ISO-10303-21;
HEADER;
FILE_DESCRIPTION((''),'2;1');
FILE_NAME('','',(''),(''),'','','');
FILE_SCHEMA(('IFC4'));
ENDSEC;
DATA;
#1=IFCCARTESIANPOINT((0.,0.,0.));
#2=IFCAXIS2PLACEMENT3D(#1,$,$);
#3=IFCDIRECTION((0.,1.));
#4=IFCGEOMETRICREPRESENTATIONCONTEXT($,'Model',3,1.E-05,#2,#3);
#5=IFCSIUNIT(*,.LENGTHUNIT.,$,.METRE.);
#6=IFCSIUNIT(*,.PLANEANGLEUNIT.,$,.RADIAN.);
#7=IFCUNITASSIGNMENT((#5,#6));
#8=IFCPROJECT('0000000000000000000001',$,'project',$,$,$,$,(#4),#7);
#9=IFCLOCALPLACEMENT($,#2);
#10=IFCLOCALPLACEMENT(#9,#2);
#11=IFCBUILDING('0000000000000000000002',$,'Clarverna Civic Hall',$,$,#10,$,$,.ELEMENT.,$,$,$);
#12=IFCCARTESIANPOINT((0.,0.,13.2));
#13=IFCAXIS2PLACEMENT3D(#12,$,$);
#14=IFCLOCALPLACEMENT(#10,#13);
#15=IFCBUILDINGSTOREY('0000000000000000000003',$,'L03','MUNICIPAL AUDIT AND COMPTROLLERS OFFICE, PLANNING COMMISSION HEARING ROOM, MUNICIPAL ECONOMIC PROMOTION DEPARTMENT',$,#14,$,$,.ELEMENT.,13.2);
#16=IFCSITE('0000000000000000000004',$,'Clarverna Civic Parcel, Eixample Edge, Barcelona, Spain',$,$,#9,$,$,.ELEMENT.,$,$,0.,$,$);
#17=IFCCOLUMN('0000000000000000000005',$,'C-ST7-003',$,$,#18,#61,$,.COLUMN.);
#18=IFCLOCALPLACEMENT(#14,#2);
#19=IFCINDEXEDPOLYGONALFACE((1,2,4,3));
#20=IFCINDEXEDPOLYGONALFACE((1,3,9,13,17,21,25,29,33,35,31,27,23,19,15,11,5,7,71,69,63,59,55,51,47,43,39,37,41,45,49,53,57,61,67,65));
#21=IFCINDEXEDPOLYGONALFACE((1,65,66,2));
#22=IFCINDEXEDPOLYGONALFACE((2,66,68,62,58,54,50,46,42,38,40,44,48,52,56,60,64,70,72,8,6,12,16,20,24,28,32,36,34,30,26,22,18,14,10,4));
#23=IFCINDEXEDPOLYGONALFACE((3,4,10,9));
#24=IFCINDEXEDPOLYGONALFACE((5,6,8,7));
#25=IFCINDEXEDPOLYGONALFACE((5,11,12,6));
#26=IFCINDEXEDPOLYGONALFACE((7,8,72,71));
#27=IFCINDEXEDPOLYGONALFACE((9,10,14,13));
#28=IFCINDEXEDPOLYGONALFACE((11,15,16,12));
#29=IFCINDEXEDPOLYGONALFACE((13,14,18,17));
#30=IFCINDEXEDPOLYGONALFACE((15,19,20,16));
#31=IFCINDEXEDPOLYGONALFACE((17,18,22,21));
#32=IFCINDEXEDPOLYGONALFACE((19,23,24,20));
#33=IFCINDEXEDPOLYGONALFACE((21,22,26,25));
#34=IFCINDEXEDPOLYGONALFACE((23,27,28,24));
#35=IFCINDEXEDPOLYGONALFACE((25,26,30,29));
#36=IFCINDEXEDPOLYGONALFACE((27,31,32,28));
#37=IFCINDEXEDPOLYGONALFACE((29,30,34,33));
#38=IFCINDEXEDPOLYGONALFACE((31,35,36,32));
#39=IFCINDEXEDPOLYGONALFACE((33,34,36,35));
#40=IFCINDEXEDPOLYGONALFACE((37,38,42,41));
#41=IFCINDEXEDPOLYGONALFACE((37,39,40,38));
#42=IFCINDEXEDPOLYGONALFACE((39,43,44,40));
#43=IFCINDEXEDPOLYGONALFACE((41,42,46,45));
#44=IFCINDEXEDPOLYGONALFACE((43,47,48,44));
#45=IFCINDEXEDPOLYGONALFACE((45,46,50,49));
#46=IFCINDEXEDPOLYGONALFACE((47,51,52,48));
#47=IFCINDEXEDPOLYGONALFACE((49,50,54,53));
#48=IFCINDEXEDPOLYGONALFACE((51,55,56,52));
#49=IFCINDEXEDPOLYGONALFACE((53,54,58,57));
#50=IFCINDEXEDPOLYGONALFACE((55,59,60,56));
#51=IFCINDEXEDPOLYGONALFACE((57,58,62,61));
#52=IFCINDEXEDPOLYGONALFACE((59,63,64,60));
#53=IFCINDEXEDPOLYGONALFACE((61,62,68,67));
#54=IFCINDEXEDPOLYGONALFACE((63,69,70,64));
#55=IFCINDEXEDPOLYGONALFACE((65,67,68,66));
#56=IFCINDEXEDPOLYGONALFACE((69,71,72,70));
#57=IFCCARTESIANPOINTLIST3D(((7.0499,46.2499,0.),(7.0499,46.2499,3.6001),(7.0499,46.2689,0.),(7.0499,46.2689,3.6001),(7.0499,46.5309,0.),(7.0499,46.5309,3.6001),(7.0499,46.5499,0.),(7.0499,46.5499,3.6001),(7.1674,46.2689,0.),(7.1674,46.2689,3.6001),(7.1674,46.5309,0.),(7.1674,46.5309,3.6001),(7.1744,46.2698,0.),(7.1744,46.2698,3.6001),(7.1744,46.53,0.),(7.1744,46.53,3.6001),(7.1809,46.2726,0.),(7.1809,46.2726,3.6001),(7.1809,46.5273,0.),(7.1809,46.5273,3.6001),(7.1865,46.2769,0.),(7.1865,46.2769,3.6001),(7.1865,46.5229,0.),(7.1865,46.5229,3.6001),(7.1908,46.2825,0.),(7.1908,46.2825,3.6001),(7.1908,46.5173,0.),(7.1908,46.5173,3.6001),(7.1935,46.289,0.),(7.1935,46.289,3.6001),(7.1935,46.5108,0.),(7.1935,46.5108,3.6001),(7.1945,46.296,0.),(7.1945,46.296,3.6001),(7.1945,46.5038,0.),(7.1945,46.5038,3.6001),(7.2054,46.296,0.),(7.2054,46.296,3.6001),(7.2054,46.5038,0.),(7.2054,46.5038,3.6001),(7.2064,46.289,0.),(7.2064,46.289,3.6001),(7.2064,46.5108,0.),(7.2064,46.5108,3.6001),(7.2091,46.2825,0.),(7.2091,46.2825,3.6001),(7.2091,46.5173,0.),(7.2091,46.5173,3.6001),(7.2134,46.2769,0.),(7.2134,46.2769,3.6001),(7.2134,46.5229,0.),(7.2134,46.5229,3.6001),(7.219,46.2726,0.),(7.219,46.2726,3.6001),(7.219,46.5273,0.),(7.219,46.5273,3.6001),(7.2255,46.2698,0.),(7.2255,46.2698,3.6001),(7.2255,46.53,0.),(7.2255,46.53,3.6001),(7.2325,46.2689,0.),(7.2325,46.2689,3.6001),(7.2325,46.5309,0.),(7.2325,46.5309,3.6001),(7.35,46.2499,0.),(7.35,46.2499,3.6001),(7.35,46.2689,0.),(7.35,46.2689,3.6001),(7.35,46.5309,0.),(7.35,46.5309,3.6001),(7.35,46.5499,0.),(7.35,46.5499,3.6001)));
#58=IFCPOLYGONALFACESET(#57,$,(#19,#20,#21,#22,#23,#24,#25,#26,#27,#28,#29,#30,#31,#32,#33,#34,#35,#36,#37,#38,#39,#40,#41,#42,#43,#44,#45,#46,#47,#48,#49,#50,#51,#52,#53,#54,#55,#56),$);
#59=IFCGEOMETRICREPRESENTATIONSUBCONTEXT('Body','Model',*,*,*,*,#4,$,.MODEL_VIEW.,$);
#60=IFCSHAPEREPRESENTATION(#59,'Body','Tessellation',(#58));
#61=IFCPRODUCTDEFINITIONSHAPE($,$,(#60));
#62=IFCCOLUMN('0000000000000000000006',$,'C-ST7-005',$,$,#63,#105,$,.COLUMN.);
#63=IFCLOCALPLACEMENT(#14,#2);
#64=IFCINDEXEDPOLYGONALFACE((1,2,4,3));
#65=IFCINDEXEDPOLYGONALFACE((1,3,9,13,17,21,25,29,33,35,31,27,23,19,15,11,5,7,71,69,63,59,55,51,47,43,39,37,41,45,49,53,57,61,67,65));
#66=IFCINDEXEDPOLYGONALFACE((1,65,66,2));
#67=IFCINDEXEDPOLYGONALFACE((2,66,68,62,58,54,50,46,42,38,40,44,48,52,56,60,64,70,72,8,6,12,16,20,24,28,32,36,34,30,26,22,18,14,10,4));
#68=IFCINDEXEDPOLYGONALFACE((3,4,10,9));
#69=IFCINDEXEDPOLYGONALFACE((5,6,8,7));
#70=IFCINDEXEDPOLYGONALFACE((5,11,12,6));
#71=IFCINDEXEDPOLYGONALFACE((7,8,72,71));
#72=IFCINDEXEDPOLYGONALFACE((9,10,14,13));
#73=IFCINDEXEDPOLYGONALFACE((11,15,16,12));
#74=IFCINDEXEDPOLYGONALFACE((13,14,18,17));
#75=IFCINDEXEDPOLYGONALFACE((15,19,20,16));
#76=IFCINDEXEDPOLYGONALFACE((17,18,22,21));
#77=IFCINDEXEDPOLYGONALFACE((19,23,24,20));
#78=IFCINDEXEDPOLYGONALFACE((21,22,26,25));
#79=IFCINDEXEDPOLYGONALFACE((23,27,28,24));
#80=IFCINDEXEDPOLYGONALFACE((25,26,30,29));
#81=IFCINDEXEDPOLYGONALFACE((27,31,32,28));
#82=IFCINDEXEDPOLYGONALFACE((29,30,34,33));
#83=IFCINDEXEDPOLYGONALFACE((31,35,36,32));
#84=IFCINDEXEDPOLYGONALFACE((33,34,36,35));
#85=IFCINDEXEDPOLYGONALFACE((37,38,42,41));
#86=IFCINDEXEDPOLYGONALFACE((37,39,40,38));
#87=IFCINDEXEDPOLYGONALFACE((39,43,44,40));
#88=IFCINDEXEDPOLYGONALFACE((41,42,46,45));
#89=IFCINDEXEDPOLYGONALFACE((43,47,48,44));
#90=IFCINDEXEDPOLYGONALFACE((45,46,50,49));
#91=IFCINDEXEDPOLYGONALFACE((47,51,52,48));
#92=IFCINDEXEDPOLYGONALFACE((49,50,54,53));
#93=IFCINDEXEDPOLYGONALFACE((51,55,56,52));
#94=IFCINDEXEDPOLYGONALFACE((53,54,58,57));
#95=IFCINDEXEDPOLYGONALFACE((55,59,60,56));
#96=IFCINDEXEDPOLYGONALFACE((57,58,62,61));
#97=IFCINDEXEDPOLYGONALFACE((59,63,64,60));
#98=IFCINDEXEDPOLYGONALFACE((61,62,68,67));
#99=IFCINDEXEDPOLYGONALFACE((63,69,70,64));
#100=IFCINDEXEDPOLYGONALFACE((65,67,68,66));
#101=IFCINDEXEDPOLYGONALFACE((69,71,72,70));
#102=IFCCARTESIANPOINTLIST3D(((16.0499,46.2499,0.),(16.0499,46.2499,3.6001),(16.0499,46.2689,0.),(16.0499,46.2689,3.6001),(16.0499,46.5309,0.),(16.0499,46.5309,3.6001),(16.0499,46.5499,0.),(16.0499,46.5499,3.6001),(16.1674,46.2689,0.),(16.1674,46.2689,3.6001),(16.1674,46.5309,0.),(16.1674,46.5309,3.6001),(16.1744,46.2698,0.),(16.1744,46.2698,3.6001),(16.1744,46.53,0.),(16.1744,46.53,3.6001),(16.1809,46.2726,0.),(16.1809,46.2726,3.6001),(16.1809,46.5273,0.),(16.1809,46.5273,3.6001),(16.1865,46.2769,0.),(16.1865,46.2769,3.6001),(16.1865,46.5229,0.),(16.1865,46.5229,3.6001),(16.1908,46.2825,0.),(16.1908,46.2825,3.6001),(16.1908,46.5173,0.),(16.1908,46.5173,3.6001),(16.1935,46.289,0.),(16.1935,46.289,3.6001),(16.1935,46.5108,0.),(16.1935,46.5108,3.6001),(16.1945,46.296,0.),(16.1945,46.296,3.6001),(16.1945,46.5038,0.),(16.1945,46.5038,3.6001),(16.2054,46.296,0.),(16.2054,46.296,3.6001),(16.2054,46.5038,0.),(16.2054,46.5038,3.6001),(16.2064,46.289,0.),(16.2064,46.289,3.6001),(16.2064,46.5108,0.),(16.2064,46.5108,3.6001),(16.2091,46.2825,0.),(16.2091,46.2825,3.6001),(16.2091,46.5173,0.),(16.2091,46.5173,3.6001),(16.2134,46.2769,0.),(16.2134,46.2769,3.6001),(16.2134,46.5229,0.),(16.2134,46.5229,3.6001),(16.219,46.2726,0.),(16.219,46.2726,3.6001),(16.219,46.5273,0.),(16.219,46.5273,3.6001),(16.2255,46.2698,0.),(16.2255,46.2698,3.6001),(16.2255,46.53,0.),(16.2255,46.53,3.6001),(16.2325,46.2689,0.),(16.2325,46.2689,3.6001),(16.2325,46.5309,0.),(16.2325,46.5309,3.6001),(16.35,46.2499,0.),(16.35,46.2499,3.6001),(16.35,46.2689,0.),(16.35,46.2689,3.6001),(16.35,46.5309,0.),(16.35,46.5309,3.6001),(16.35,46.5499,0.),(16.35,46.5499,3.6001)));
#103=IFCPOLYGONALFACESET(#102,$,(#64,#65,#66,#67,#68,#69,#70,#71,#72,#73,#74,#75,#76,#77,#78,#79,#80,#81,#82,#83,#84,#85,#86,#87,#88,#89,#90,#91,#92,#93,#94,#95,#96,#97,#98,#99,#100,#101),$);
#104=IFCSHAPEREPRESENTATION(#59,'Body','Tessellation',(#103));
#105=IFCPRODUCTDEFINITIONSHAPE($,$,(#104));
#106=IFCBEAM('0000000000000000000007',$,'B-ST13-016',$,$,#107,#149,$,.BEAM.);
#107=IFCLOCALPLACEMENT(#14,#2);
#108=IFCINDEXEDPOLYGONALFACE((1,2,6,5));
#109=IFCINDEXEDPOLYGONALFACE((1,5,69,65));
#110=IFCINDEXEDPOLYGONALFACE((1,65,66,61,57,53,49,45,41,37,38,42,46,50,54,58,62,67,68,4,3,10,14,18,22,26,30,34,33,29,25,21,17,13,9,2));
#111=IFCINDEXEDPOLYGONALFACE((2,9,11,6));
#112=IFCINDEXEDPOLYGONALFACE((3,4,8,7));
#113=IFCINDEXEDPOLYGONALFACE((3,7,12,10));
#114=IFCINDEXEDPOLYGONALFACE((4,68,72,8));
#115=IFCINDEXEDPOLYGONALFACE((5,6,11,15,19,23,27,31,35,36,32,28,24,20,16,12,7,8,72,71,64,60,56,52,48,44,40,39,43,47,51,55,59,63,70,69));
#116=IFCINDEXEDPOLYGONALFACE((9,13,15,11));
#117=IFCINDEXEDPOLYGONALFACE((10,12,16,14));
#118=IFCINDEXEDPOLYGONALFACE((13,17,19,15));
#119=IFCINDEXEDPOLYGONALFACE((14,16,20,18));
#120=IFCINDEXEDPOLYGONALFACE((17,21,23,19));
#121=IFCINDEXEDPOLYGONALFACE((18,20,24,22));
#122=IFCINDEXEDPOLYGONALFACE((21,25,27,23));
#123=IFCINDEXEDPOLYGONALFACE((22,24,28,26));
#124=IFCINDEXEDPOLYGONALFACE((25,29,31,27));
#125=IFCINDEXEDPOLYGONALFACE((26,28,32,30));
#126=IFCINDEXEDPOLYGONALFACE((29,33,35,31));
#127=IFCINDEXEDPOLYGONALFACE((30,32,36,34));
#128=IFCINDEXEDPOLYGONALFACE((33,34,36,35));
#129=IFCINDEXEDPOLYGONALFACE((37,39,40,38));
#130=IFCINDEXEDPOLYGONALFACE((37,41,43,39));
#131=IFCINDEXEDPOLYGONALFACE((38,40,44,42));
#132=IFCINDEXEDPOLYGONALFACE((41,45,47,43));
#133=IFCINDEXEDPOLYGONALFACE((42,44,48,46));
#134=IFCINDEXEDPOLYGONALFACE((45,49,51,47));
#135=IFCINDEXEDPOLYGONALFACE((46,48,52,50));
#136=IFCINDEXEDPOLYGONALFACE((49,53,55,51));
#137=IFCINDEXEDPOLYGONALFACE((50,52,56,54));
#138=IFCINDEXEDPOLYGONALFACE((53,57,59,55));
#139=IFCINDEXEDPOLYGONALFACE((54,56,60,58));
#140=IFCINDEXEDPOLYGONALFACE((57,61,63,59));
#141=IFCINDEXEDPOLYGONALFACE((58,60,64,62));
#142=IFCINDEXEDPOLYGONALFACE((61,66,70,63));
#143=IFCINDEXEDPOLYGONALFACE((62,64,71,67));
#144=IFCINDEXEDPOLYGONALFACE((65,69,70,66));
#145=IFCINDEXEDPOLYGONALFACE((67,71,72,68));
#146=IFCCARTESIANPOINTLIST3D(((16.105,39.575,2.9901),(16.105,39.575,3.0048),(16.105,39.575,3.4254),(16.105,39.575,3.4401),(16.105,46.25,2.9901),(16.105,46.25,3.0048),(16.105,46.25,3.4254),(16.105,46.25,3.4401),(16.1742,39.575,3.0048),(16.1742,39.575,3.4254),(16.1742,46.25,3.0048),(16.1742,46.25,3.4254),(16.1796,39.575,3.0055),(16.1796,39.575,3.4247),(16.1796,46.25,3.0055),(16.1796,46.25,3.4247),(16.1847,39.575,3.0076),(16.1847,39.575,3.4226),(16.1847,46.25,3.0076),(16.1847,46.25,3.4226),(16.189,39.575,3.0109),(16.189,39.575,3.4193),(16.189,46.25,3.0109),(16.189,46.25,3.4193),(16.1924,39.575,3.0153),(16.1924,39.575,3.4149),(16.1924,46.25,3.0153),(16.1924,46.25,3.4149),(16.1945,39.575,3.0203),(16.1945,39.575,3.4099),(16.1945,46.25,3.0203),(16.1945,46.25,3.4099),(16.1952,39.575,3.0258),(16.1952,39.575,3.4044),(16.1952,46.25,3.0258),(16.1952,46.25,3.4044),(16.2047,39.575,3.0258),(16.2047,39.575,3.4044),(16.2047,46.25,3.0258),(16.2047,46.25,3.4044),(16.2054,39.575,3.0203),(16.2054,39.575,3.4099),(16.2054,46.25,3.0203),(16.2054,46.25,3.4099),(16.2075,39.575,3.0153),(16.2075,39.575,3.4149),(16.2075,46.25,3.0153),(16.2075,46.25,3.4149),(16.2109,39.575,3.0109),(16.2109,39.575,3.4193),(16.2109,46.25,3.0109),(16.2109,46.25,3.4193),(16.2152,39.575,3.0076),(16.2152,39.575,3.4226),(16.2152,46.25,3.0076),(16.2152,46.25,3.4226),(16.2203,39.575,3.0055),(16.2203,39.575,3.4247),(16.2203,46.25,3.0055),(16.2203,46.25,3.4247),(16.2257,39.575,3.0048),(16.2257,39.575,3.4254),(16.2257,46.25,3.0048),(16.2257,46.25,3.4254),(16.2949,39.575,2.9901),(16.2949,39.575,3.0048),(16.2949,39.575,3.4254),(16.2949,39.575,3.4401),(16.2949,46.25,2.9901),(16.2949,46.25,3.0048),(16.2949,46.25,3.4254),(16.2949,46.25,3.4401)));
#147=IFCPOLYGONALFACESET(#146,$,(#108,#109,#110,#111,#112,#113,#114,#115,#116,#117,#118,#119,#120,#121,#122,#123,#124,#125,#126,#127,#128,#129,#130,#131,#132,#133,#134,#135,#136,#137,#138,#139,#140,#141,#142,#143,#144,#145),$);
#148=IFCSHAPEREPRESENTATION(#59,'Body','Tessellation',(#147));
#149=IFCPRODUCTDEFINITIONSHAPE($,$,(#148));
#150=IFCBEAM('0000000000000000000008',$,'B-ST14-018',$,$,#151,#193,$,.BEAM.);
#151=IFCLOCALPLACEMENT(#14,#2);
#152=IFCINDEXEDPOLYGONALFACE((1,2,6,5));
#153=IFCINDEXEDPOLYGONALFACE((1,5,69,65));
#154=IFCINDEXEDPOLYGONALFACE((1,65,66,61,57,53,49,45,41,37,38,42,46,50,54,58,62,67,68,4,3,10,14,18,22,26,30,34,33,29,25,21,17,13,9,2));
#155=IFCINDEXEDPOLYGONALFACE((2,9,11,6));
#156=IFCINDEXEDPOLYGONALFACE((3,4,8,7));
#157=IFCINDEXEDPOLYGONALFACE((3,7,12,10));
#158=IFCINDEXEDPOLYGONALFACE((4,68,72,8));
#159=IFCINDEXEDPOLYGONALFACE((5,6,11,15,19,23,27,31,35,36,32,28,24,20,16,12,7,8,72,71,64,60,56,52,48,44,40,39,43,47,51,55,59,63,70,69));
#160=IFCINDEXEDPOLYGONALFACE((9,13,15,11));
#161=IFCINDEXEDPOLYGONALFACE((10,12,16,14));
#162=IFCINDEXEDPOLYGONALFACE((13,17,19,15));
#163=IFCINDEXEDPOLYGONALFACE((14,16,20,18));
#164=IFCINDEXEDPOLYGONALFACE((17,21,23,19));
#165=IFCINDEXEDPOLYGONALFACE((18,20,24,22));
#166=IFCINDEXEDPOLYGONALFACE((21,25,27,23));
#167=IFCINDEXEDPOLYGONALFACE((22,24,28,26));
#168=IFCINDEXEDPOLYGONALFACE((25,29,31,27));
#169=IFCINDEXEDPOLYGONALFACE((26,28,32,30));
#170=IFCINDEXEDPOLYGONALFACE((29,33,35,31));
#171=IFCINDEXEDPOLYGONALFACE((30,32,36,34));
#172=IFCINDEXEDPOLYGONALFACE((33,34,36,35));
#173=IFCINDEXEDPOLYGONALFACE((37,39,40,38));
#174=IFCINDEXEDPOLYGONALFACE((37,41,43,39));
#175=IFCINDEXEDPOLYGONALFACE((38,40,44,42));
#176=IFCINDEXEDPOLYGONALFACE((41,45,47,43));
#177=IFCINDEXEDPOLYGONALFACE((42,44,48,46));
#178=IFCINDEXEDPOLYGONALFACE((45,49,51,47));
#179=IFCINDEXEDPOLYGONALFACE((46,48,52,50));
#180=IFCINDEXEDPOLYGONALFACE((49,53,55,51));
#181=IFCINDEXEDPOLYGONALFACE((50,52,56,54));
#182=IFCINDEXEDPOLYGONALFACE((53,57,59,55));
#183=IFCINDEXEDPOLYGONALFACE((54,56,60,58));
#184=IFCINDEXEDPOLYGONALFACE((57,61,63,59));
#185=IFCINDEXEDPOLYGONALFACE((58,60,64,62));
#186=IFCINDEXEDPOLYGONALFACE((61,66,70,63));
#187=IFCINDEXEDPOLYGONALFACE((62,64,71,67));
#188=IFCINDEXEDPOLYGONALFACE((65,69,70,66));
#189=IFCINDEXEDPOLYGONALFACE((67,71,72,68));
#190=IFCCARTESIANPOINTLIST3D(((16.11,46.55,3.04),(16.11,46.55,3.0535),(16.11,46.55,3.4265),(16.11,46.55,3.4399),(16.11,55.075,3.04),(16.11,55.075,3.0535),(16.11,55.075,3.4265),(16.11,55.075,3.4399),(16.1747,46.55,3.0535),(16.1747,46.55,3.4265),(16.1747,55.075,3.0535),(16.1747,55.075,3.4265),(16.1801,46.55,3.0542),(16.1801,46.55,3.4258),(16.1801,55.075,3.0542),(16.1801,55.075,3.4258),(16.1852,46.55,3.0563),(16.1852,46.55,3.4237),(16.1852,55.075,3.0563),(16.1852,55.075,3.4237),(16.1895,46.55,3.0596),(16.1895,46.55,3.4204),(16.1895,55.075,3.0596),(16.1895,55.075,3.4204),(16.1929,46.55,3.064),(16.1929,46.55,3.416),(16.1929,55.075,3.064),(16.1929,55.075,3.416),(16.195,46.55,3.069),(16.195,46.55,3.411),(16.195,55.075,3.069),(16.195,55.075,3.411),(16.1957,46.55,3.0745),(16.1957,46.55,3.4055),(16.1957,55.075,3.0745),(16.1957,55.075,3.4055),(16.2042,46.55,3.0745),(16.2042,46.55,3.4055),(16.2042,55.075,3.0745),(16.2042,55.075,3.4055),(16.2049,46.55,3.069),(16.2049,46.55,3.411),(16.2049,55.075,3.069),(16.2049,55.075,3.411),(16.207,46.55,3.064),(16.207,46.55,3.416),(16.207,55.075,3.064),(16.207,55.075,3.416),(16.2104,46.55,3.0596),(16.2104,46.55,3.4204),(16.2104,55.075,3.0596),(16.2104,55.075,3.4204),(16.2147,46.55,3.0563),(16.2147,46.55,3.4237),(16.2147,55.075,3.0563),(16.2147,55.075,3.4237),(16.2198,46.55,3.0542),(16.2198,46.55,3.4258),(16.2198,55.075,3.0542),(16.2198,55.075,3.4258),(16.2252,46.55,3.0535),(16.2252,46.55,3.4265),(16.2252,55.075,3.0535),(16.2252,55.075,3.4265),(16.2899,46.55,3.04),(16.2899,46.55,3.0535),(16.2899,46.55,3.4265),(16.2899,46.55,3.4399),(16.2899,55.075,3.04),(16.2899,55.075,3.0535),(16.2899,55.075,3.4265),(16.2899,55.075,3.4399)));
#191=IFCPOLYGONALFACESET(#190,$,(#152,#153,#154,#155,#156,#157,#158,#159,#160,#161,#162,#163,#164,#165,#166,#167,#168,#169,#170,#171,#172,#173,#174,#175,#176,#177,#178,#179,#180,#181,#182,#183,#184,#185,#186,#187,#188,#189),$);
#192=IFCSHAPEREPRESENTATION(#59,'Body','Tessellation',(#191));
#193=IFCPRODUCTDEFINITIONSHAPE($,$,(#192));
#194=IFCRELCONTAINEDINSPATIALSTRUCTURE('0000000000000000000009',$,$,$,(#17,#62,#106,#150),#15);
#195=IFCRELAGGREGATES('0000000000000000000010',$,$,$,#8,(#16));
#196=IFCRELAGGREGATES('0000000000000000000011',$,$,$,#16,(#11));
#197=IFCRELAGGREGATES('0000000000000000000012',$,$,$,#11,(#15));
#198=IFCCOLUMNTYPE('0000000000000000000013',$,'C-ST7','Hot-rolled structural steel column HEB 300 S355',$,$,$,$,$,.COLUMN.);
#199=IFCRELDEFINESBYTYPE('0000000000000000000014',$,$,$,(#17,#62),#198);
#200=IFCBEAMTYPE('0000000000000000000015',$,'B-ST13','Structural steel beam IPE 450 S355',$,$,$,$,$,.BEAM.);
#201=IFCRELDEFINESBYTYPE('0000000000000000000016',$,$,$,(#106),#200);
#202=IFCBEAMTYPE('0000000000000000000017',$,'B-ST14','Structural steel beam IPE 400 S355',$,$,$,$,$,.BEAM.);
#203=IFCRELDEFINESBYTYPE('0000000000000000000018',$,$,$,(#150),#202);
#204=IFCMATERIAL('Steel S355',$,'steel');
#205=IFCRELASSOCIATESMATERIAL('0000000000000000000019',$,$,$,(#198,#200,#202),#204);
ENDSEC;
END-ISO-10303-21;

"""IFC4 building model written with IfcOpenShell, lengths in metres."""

from ifc_helpers import new_model, si_unit, direction, frame, origin, origin_2d, place, context, subcontext, project, spatial, i_section, extrude, material, material_profile, profile_set, type_object, element, save


model = new_model("IFC4")

# Units and contexts
model_context = context("Model", 3, precision=1e-05, world=origin(), true_north=direction((0.0, 1.0)))
body_context = subcontext(model_context, "Body", "Model", "MODEL_VIEW")
ifc_project = project(units=[si_unit("LENGTHUNIT", "METRE"), si_unit("PLANEANGLEUNIT", "RADIAN")], contexts=[model_context])

# Site, building, storey
site_placement = place(None, origin())
site = spatial("IfcSite", under=ifc_project, at=site_placement, Name="Clarverna Civic Parcel, Eixample Edge, Barcelona, Spain", CompositionType="ELEMENT", RefElevation=0.0)
building_placement = place(site_placement, origin())
building = spatial("IfcBuilding", under=site, at=building_placement, Name="Clarverna Civic Hall", CompositionType="ELEMENT")
storey_placement = place(building_placement, frame((0.0, 0.0, 13.2)))
storey = spatial("IfcBuildingStorey", under=building, at=storey_placement, Name="L03", Description="MUNICIPAL AUDIT AND COMPTROLLERS OFFICE, PLANNING COMMISSION HEARING ROOM, MUNICIPAL ECONOMIC PROMOTION DEPARTMENT", CompositionType="ELEMENT", Elevation=13.2)

# Columns
ifc_material_1 = material(Name="Steel S355", Category="steel")
ifc_material_profile_1 = material_profile(ifc_material_1, i_section(OverallWidth=0.3, OverallDepth=0.3, WebThickness=0.011, FlangeThickness=0.019, FilletRadius=0.0271, at=origin_2d()), Name="HEB 300")
ifc_profile_set_1 = profile_set([ifc_material_profile_1], Name="Steel S355")
column_type = type_object("IfcColumnType", Name="C-ST7", Description="Hot-rolled structural steel column HEB 300 S355", PredefinedType="COLUMN", material=ifc_profile_set_1)
for number, where, z_axis, x_axis, name in (
    (1, (7.2, 46.3999, 0.0), (0.0, 0.0, 1.0), (1.0, 0.0, 0.0), "C-ST7-003"),
    (2, (16.2, 46.3999, 0.0), (0.0, 0.0, 1.0), (1.0, 0.0, 0.0), "C-ST7-005"),
):
    element("IfcColumn", number, at=place(storey_placement, frame(where, z_axis=z_axis, x_axis=x_axis)), inside=storey, type_object=column_type, Name=name, PredefinedType="COLUMN", context=body_context, shape_type="SweptSolid", body=[
        extrude(i_section(OverallWidth=0.3, OverallDepth=0.3, WebThickness=0.011, FlangeThickness=0.019, FilletRadius=0.0271, at=origin_2d()), origin(), (0.0, 0.0, 1.0), 3.6001),
    ])

# Beams
ifc_material_profile_2 = material_profile(ifc_material_1, i_section(OverallWidth=0.1899, OverallDepth=0.45, WebThickness=0.0095, FlangeThickness=0.0146, FilletRadius=0.021, at=origin_2d()), Name="IPE 450")
ifc_profile_set_2 = profile_set([ifc_material_profile_2], Name="Steel S355")
beam_type_1 = type_object("IfcBeamType", Name="B-ST13", Description="Structural steel beam IPE 450 S355", PredefinedType="BEAM", material=ifc_profile_set_2)
beam_1_placement = place(storey_placement, frame((16.2, 39.575, 3.2151), z_axis=(0.0, 1.0, 0.0), x_axis=(-1.0, 0.0, 0.0)))
element("IfcBeam", 3, at=beam_1_placement, inside=storey, type_object=beam_type_1, Name="B-ST13-016", PredefinedType="BEAM", context=body_context, shape_type="SweptSolid", body=[
    extrude(i_section(OverallWidth=0.1899, OverallDepth=0.45, WebThickness=0.0095, FlangeThickness=0.0146, FilletRadius=0.021, at=origin_2d()), origin(), (0.0, 0.0, 1.0), 6.675),
])
ifc_material_profile_3 = material_profile(ifc_material_1, i_section(OverallWidth=0.1799, OverallDepth=0.3999, WebThickness=0.0085, FlangeThickness=0.0134, FilletRadius=0.021, at=origin_2d()), Name="IPE 400")
ifc_profile_set_3 = profile_set([ifc_material_profile_3], Name="Steel S355")
beam_type_2 = type_object("IfcBeamType", Name="B-ST14", Description="Structural steel beam IPE 400 S355", PredefinedType="BEAM", material=ifc_profile_set_3)
beam_2_placement = place(storey_placement, frame((16.2, 46.55, 3.24), z_axis=(0.0, 1.0, 0.0), x_axis=(-1.0, 0.0, 0.0)))
element("IfcBeam", 4, at=beam_2_placement, inside=storey, type_object=beam_type_2, Name="B-ST14-018", PredefinedType="BEAM", context=body_context, shape_type="SweptSolid", body=[
    extrude(i_section(OverallWidth=0.1799, OverallDepth=0.3999, WebThickness=0.0085, FlangeThickness=0.0134, FilletRadius=0.021, at=origin_2d()), origin(), (0.0, 0.0, 1.0), 8.5249),
])

save(model, "model.ifc")
